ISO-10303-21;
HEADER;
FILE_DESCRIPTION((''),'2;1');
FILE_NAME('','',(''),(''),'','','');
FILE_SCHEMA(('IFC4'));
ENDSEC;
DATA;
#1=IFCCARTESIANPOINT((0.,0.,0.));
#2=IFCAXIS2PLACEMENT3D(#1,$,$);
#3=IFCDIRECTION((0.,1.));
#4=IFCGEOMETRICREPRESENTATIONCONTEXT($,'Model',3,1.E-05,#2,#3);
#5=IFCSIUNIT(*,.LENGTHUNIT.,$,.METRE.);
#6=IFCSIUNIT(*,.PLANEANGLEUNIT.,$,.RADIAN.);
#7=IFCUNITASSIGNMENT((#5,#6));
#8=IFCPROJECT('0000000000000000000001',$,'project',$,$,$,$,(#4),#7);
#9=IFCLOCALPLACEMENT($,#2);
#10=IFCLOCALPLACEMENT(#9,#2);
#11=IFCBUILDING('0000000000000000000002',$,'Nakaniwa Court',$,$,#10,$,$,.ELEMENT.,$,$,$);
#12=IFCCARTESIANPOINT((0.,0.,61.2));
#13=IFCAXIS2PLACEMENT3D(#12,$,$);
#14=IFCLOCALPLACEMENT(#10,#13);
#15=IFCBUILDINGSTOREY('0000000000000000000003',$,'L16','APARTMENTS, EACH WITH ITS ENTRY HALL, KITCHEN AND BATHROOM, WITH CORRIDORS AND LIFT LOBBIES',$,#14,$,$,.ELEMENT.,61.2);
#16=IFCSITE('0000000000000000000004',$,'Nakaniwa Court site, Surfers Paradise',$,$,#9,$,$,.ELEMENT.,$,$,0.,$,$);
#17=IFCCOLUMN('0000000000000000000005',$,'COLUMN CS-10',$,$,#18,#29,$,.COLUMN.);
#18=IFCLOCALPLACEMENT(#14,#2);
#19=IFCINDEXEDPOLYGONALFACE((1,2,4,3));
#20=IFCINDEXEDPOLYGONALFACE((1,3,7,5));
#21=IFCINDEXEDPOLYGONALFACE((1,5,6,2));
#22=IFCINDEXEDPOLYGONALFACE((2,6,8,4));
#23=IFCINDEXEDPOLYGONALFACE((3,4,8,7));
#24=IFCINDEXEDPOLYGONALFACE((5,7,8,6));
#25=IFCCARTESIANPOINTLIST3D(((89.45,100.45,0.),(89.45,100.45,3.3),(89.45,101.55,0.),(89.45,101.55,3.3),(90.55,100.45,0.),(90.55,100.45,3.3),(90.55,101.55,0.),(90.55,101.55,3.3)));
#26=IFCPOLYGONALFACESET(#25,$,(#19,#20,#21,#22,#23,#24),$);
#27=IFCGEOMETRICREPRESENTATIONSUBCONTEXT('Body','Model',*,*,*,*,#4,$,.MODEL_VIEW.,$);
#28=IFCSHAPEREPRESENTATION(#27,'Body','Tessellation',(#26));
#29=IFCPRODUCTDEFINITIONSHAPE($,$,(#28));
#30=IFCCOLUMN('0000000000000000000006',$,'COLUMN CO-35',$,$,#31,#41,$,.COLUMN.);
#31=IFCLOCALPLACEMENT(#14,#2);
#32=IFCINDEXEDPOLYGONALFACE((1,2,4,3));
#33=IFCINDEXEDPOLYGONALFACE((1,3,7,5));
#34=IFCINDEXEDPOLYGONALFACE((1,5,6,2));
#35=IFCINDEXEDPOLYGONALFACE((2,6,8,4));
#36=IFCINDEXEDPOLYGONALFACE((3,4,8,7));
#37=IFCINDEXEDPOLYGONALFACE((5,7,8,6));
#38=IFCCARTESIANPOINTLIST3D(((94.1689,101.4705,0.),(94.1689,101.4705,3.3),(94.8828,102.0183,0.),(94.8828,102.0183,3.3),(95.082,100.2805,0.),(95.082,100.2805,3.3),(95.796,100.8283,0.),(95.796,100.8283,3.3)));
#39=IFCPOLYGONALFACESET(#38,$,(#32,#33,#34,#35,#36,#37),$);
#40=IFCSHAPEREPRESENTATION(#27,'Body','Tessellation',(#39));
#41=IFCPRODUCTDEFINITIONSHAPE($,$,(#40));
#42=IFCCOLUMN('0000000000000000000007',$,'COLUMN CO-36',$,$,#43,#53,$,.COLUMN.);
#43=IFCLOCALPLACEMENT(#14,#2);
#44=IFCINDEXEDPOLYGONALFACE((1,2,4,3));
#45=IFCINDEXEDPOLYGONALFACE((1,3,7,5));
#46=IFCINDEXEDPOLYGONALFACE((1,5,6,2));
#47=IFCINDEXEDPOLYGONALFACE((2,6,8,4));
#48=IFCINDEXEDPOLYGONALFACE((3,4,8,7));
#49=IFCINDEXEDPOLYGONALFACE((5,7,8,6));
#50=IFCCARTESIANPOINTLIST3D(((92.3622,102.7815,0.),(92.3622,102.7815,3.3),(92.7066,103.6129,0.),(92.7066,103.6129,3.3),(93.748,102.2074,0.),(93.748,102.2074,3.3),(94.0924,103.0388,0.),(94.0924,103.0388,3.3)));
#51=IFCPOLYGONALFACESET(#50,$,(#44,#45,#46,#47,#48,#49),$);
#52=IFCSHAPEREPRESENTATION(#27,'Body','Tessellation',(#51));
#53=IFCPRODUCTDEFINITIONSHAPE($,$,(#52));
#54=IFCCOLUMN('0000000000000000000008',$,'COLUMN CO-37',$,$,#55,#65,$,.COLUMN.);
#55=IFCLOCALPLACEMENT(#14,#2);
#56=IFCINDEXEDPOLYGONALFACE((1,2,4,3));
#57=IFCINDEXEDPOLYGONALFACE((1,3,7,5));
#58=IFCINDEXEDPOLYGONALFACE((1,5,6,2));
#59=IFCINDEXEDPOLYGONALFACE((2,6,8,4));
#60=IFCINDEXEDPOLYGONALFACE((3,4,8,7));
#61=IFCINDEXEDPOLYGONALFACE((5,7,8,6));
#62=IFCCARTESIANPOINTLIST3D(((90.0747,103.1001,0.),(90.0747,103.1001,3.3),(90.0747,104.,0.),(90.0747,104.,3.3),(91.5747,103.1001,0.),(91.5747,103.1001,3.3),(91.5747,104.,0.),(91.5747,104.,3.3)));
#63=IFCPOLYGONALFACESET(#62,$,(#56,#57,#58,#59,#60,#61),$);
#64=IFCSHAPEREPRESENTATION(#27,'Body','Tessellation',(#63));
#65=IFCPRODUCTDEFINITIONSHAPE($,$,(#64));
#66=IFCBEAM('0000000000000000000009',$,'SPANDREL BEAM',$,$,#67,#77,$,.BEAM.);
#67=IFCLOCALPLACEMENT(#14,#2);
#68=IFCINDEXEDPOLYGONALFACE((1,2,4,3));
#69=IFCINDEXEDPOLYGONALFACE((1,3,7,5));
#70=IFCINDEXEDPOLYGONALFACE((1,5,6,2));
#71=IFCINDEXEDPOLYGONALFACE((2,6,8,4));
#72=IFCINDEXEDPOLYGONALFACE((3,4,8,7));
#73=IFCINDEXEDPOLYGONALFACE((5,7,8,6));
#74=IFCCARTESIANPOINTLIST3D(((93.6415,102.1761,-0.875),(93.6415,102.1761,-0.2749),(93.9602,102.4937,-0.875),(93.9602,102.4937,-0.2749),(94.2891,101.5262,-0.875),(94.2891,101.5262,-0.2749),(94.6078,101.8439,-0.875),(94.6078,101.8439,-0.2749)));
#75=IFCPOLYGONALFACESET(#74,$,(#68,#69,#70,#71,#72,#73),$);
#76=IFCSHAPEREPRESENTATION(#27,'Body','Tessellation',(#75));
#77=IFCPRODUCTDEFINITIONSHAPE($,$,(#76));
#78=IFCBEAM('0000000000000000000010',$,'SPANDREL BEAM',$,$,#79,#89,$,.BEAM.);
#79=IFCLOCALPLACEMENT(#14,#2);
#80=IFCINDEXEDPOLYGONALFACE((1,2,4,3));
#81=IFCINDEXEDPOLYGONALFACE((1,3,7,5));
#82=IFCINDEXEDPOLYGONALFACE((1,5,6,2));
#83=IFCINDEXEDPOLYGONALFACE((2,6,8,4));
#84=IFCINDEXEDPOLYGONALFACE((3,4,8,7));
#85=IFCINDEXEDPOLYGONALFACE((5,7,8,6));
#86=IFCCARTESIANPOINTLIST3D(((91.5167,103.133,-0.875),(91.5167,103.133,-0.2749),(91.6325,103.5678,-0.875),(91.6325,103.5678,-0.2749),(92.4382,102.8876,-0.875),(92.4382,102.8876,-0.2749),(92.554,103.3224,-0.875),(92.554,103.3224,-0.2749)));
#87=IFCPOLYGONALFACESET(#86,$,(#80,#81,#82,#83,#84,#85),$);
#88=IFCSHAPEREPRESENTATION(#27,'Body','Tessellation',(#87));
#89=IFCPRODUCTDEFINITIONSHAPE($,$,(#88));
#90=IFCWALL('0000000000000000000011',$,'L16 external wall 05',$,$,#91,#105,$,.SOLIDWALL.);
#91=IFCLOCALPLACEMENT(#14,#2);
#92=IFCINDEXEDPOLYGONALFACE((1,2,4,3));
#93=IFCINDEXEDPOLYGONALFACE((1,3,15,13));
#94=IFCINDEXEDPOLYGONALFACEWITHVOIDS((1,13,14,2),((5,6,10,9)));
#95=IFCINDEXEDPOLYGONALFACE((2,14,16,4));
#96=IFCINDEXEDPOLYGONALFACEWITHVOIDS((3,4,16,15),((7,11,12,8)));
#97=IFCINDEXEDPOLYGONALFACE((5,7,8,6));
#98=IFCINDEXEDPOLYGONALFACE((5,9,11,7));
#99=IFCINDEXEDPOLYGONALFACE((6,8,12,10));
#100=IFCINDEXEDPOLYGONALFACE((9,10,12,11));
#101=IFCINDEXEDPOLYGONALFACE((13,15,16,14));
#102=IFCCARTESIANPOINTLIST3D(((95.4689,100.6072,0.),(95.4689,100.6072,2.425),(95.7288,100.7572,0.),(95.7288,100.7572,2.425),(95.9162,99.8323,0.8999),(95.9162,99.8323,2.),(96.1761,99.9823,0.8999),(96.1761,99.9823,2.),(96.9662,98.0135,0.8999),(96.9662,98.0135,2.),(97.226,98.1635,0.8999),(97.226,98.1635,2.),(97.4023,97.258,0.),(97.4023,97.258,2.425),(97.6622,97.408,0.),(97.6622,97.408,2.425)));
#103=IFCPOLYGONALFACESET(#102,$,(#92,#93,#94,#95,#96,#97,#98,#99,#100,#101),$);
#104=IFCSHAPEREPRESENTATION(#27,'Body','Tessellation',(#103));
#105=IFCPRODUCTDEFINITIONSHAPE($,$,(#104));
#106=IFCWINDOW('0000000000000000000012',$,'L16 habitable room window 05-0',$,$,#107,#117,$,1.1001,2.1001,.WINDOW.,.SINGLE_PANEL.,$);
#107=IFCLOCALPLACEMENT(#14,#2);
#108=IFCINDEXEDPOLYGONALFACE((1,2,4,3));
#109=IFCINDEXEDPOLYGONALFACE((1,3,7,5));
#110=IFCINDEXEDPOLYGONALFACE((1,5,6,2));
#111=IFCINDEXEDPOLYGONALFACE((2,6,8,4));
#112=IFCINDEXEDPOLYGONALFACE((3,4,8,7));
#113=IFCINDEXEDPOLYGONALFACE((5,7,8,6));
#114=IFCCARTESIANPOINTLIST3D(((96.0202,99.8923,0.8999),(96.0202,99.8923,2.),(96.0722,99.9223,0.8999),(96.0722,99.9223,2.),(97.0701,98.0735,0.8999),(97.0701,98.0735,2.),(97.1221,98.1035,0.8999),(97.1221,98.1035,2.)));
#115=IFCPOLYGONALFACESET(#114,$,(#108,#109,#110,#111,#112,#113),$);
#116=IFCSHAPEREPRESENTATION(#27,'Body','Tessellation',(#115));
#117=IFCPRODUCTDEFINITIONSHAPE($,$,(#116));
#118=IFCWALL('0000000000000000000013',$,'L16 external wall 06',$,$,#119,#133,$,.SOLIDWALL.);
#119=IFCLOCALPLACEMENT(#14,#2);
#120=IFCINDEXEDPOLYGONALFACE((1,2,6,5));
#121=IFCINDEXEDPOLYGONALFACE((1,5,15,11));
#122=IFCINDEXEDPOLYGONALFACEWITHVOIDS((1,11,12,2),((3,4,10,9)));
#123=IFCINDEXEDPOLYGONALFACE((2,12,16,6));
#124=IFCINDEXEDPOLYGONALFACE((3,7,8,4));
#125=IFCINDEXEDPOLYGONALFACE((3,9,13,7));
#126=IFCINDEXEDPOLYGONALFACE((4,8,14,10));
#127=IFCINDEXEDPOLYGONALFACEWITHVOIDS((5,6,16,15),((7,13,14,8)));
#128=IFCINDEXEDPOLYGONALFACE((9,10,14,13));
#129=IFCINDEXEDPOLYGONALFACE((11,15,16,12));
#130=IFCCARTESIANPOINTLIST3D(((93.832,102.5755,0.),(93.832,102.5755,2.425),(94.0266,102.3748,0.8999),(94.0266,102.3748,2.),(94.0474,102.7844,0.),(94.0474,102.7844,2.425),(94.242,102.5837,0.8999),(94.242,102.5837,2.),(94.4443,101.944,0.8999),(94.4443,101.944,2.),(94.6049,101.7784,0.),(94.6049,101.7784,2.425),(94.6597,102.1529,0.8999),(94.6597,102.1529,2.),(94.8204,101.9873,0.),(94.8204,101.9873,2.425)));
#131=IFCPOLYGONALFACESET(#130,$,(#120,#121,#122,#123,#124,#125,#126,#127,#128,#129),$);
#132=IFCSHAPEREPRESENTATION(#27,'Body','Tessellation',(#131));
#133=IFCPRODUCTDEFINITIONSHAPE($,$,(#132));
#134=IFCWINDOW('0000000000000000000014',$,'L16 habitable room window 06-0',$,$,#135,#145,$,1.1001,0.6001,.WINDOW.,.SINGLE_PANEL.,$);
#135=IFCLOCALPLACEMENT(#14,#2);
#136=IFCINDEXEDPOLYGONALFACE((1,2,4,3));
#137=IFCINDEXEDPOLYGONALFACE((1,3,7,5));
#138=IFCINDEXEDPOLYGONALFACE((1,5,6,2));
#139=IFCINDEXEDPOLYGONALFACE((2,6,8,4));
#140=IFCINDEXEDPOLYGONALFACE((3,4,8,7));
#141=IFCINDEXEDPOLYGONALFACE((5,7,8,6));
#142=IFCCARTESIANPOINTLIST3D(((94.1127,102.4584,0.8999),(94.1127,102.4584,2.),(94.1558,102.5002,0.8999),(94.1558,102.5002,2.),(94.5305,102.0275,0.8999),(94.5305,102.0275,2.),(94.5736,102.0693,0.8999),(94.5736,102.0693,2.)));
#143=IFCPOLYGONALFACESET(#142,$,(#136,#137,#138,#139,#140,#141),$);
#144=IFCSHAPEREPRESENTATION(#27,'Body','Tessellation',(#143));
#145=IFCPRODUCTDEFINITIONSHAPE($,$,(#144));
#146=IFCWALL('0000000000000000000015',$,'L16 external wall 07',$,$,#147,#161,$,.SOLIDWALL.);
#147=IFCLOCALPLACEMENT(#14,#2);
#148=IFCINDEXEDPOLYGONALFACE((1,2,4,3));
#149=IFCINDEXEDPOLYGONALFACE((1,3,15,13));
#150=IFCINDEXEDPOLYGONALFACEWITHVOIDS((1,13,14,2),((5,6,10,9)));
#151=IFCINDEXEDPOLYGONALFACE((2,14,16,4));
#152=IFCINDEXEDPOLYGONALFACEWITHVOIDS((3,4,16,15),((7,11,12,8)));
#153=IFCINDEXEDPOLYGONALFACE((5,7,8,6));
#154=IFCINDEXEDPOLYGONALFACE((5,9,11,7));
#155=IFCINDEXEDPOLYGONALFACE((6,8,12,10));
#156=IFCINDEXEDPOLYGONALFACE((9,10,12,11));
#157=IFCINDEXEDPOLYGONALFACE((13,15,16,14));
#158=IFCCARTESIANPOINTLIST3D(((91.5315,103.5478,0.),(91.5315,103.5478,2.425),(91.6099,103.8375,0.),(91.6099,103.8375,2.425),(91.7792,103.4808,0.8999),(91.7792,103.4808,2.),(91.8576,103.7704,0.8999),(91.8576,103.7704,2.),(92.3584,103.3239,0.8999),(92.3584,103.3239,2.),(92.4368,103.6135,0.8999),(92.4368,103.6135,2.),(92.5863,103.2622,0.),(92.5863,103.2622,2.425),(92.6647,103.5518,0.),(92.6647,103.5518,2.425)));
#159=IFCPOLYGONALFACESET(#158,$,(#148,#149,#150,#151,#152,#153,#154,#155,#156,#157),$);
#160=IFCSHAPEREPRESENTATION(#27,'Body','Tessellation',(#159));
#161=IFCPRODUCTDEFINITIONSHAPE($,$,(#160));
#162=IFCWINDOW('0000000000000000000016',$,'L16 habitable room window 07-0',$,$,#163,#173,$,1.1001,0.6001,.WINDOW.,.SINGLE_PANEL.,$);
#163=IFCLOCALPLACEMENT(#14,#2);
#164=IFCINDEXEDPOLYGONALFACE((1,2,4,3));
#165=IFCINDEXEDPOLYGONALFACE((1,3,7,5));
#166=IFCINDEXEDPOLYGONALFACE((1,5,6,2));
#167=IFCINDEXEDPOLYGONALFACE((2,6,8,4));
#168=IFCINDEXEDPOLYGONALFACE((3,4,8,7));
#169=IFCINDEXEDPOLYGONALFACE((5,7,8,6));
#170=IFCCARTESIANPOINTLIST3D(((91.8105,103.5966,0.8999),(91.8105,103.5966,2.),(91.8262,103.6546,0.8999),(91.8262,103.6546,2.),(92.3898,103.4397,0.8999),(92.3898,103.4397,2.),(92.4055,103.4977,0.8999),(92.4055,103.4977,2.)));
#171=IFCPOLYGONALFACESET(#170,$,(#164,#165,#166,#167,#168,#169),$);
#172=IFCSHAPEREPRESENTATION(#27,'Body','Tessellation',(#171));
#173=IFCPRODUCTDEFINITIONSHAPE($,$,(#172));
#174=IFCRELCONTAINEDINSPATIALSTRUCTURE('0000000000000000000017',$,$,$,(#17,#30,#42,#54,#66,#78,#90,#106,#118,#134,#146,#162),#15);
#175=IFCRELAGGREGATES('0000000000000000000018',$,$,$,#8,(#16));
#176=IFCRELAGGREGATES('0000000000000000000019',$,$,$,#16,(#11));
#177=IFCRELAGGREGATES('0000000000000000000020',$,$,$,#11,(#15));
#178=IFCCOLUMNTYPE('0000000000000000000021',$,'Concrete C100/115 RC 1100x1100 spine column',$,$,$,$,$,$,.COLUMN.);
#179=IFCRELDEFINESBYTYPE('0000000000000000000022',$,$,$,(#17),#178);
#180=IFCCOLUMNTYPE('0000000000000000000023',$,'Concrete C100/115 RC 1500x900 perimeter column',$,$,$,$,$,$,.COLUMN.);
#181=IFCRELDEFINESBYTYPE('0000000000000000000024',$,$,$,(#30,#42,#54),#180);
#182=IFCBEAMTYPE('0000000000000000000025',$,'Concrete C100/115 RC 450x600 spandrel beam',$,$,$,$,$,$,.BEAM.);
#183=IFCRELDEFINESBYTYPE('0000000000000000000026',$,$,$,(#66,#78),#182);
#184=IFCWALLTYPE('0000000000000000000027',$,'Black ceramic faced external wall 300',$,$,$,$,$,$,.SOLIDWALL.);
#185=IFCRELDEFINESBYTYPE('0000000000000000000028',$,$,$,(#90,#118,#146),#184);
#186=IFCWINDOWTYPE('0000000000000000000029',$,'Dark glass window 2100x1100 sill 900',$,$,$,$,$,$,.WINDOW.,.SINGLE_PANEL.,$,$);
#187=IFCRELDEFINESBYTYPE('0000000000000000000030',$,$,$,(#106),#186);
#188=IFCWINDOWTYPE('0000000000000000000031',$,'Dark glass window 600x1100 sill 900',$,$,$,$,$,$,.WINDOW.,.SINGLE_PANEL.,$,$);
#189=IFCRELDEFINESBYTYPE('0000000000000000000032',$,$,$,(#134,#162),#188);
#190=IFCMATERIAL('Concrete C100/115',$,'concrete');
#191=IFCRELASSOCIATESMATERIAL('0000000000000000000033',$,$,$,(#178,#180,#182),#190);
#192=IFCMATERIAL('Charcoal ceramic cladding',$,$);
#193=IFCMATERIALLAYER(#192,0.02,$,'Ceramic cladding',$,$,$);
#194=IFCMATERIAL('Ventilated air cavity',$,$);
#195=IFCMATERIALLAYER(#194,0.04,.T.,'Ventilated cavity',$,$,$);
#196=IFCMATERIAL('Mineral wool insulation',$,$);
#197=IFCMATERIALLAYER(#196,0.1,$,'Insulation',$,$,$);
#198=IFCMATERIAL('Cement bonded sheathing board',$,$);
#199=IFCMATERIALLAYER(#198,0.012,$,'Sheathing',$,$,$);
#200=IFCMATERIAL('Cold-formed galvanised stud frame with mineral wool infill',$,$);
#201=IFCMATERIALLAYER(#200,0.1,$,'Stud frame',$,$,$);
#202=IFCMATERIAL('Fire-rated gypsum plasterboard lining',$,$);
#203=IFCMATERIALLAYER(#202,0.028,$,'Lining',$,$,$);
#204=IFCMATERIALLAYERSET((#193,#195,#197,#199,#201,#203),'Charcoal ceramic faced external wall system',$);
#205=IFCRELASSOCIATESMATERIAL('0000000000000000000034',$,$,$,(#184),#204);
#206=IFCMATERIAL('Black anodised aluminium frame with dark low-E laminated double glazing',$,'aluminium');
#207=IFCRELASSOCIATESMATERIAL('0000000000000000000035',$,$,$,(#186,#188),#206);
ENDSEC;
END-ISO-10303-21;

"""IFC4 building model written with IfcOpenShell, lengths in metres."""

from ifc_helpers import new_model, si_unit, direction, frame, frame_2d, origin, origin_2d, place, context, subcontext, project, spatial, rectangle, extrude, material, layer, layer_set, material_profile, profile_set, type_object, element, fill, save


model = new_model("IFC4")

# Units and contexts
model_context = context("Model", 3, precision=1e-05, world=origin(), true_north=direction((0.0, 1.0)))
body_context = subcontext(model_context, "Body", "Model", "MODEL_VIEW")
ifc_project = project(units=[si_unit("LENGTHUNIT", "METRE"), si_unit("PLANEANGLEUNIT", "RADIAN")], contexts=[model_context])

# Site, building, storey
site_placement = place(None, origin())
site = spatial("IfcSite", under=ifc_project, at=site_placement, Name="Nakaniwa Court site, Surfers Paradise", CompositionType="ELEMENT", RefElevation=0.0)
building_placement = place(site_placement, origin())
building = spatial("IfcBuilding", under=site, at=building_placement, Name="Nakaniwa Court", CompositionType="ELEMENT")
storey_placement = place(building_placement, frame((0.0, 0.0, 61.2)))
storey = spatial("IfcBuildingStorey", under=building, at=storey_placement, Name="L16", Description="APARTMENTS, EACH WITH ITS ENTRY HALL, KITCHEN AND BATHROOM, WITH CORRIDORS AND LIFT LOBBIES", CompositionType="ELEMENT", Elevation=61.2)

# Columns
ifc_material_1 = material(Name="Concrete C100/115", Category="concrete")
ifc_material_profile_1 = material_profile(ifc_material_1, rectangle(XDim=1.1001, YDim=1.1001, at=origin_2d()), Name="Concrete C100/115 RC 1100x1100 spine column")
ifc_profile_set_1 = profile_set([ifc_material_profile_1], Name="Concrete C100/115")
column_type_1 = type_object("IfcColumnType", Name="Concrete C100/115 RC 1100x1100 spine column", PredefinedType="COLUMN", material=ifc_profile_set_1)
column_placement = place(storey_placement, frame((90.0, 101.0, 0.0), z_axis=(0.0, 0.0, 1.0), x_axis=(0.0, 1.0, 0.0)))
element("IfcColumn", 1, at=column_placement, inside=storey, type_object=column_type_1, Name="COLUMN CS-10", PredefinedType="COLUMN", context=body_context, shape_type="SweptSolid", body=[
    extrude(rectangle(XDim=1.1001, YDim=1.1001, at=origin_2d()), origin(), (0.0, 0.0, 1.0), 3.3),
])
ifc_material_profile_2 = material_profile(ifc_material_1, rectangle(XDim=1.5, YDim=0.8999, at=origin_2d()), Name="Concrete C100/115 RC 1500x900 perimeter column")
ifc_profile_set_2 = profile_set([ifc_material_profile_2], Name="Concrete C100/115")
column_type_2 = type_object("IfcColumnType", Name="Concrete C100/115 RC 1500x900 perimeter column", PredefinedType="COLUMN", material=ifc_profile_set_2)
for number, where, z_axis, x_axis, name in (
    (2, (94.9824, 101.1494, 0.0), (0.0, 0.0, 1.0), (-0.608761, 0.793353, 0.0), "COLUMN CO-35"),
    (3, (93.2273, 102.9102, 0.0), (0.0, 0.0, 1.0), (-0.92388, 0.382683, 0.0), "COLUMN CO-36"),
    (4, (90.8247, 103.55, 0.0), (0.0, 0.0, 1.0), (-1.0, 0.0, 0.0), "COLUMN CO-37"),
):
    element("IfcColumn", number, at=place(storey_placement, frame(where, z_axis=z_axis, x_axis=x_axis)), inside=storey, type_object=column_type_2, Name=name, PredefinedType="COLUMN", context=body_context, shape_type="SweptSolid", body=[
        extrude(rectangle(XDim=1.5, YDim=0.8999, at=origin_2d()), origin(), (0.0, 0.0, 1.0), 3.3),
    ])

# Beams
ifc_material_profile_3 = material_profile(ifc_material_1, rectangle(XDim=0.45, YDim=0.6001, at=origin_2d()), Name="Concrete C100/115 RC 450x600 spandrel beam")
ifc_profile_set_3 = profile_set([ifc_material_profile_3], Name="Concrete C100/115")
beam_type = type_object("IfcBeamType", Name="Concrete C100/115 RC 450x600 spandrel beam", PredefinedType="BEAM", material=ifc_profile_set_3)
beam_1_placement = place(storey_placement, frame((94.4485, 101.6851, -0.575), z_axis=(-0.705908, 0.708303, 0.0), x_axis=(-0.708303, -0.705908, 0.0)))
element("IfcBeam", 5, at=beam_1_placement, inside=storey, type_object=beam_type, Name="SPANDREL BEAM", PredefinedType="BEAM", context=body_context, shape_type="SweptSolid", body=[
    extrude(rectangle(XDim=0.45, YDim=0.6001, at=origin_2d()), origin(), (0.0, 0.0, 1.0), 0.9175),
])
beam_2_placement = place(storey_placement, frame((92.4961, 103.105, -0.575), z_axis=(-0.966324, 0.257328, 0.0), x_axis=(-0.257328, -0.966324, 0.0)))
element("IfcBeam", 6, at=beam_2_placement, inside=storey, type_object=beam_type, Name="SPANDREL BEAM", PredefinedType="BEAM", context=body_context, shape_type="SweptSolid", body=[
    extrude(rectangle(XDim=0.45, YDim=0.6001, at=origin_2d()), origin(), (0.0, 0.0, 1.0), 0.9536),
])

# Walls, openings, windows
ifc_material_2 = material(Name="Charcoal ceramic cladding")
ifc_layer_1 = layer(ifc_material_2, 0.02, Name="Ceramic cladding")
ifc_material_3 = material(Name="Ventilated air cavity")
ifc_layer_2 = layer(ifc_material_3, 0.04, ventilated=True, Name="Ventilated cavity")
ifc_material_4 = material(Name="Mineral wool insulation")
ifc_layer_3 = layer(ifc_material_4, 0.1, Name="Insulation")
ifc_material_5 = material(Name="Cement bonded sheathing board")
ifc_layer_4 = layer(ifc_material_5, 0.012, Name="Sheathing")
ifc_material_6 = material(Name="Cold-formed galvanised stud frame with mineral wool infill")
ifc_layer_5 = layer(ifc_material_6, 0.1, Name="Stud frame")
ifc_material_7 = material(Name="Fire-rated gypsum plasterboard lining")
ifc_layer_6 = layer(ifc_material_7, 0.028, Name="Lining")
ifc_layer_set = layer_set([ifc_layer_1, ifc_layer_2, ifc_layer_3, ifc_layer_4, ifc_layer_5, ifc_layer_6], Name="Charcoal ceramic faced external wall system")
wall_type = type_object("IfcWallType", Name="Black ceramic faced external wall 300", PredefinedType="SOLIDWALL", material=ifc_layer_set)
wall_1_placement = place(storey_placement, frame((97.5322, 97.333, 0.0), z_axis=(0.0, 0.0, 1.0), x_axis=(-0.499948, 0.866055, 0.0)))
wall_1 = element("IfcWall", 7, at=wall_1_placement, inside=storey, type_object=wall_type, Name="L16 external wall 05", PredefinedType="SOLIDWALL", context=body_context, shape_type="SweptSolid", body=[
    extrude(rectangle(XDim=3.8672, YDim=0.3, at=frame_2d((1.9336, 0.0))), origin(), (0.0, 0.0, 1.0), 2.425),
])
opening_1_placement = place(wall_1_placement, frame((0.8723, 0.0, 0.8999)))
opening_1 = element("IfcOpeningElement", 8, at=opening_1_placement, cuts=wall_1, PredefinedType="OPENING", context=body_context, shape_type="SweptSolid", body=[
    extrude(rectangle(XDim=2.1001, YDim=1.1001, at=frame_2d((1.05, 0.55))), frame((0.0, 0.1599, 0.0), z_axis=(0.0, -1.0, 0.0), x_axis=(1.0, 0.0, 0.0)), (0.0, 0.0, 1.0), 0.3201),
])
ifc_material_8 = material(Name="Black anodised aluminium frame with dark low-E laminated double glazing", Category="aluminium")
window_type_1 = type_object("IfcWindowType", Name="Dark glass window 2100x1100 sill 900", PartitioningType="SINGLE_PANEL", PredefinedType="WINDOW", material=ifc_material_8)
window_1_placement = place(opening_1_placement, origin())
window_1 = element("IfcWindow", 9, at=window_1_placement, inside=storey, type_object=window_type_1, Name="L16 habitable room window 05-0", OverallHeight=1.1001, OverallWidth=2.1001, PartitioningType="SINGLE_PANEL", PredefinedType="WINDOW", context=body_context, shape_type="SweptSolid", body=[
    extrude(rectangle(XDim=2.1001, YDim=1.1001, at=frame_2d((1.05, 0.55))), frame((0.0, 0.03, 0.0), z_axis=(0.0, -1.0, 0.0), x_axis=(1.0, 0.0, 0.0)), (0.0, 0.0, 1.0), 0.0601),
])
fill(opening_1, window_1)
wall_2_placement = place(storey_placement, frame((94.7126, 101.8828, 0.0), z_axis=(0.0, 0.0, 1.0), x_axis=(-0.696139, 0.717907, 0.0)))
wall_2 = element("IfcWall", 10, at=wall_2_placement, inside=storey, type_object=wall_type, Name="L16 external wall 06", PredefinedType="SOLIDWALL", context=body_context, shape_type="SweptSolid", body=[
    extrude(rectangle(XDim=1.1104, YDim=0.3, at=frame_2d((0.5552, 0.0))), origin(), (0.0, 0.0, 1.0), 2.425),
])
opening_2_placement = place(wall_2_placement, frame((0.2307, 0.0, 0.8999)))
opening_2 = element("IfcOpeningElement", 11, at=opening_2_placement, cuts=wall_2, PredefinedType="OPENING", context=body_context, shape_type="SweptSolid", body=[
    extrude(rectangle(XDim=0.6001, YDim=1.1001, at=frame_2d((0.3, 0.55))), frame((0.0, 0.1599, 0.0), z_axis=(0.0, -1.0, 0.0), x_axis=(1.0, 0.0, 0.0)), (0.0, 0.0, 1.0), 0.3201),
])
window_type_2 = type_object("IfcWindowType", Name="Dark glass window 600x1100 sill 900", PartitioningType="SINGLE_PANEL", PredefinedType="WINDOW", material=ifc_material_8)
window_2_placement = place(opening_2_placement, origin())
window_2 = element("IfcWindow", 12, at=window_2_placement, inside=storey, type_object=window_type_2, Name="L16 habitable room window 06-0", OverallHeight=1.1001, OverallWidth=0.6001, PartitioningType="SINGLE_PANEL", PredefinedType="WINDOW", context=body_context, shape_type="SweptSolid", body=[
    extrude(rectangle(XDim=0.6001, YDim=1.1001, at=frame_2d((0.3, 0.55))), frame((0.0, 0.03, 0.0), z_axis=(0.0, -1.0, 0.0), x_axis=(1.0, 0.0, 0.0)), (0.0, 0.0, 1.0), 0.0601),
])
fill(opening_2, window_2)
wall_3_placement = place(storey_placement, frame((92.6255, 103.407, 0.0), z_axis=(0.0, 0.0, 1.0), x_axis=(-0.965226, 0.261415, 0.0)))
wall_3 = element("IfcWall", 13, at=wall_3_placement, inside=storey, type_object=wall_type, Name="L16 external wall 07", PredefinedType="SOLIDWALL", context=body_context, shape_type="SweptSolid", body=[
    extrude(rectangle(XDim=1.0928, YDim=0.3, at=frame_2d((0.5464, 0.0))), origin(), (0.0, 0.0, 1.0), 2.425),
])
opening_3_placement = place(wall_3_placement, frame((0.2361, 0.0, 0.8999)))
opening_3 = element("IfcOpeningElement", 14, at=opening_3_placement, cuts=wall_3, PredefinedType="OPENING", context=body_context, shape_type="SweptSolid", body=[
    extrude(rectangle(XDim=0.6001, YDim=1.1001, at=frame_2d((0.3, 0.55))), frame((0.0, 0.1599, 0.0), z_axis=(0.0, -1.0, 0.0), x_axis=(1.0, 0.0, 0.0)), (0.0, 0.0, 1.0), 0.3201),
])
window_3_placement = place(opening_3_placement, origin())
window_3 = element("IfcWindow", 15, at=window_3_placement, inside=storey, type_object=window_type_2, Name="L16 habitable room window 07-0", OverallHeight=1.1001, OverallWidth=0.6001, PartitioningType="SINGLE_PANEL", PredefinedType="WINDOW", context=body_context, shape_type="SweptSolid", body=[
    extrude(rectangle(XDim=0.6001, YDim=1.1001, at=frame_2d((0.3, 0.55))), frame((0.0, 0.03, 0.0), z_axis=(0.0, -1.0, 0.0), x_axis=(1.0, 0.0, 0.0)), (0.0, 0.0, 1.0), 0.0601),
])
fill(opening_3, window_3)

save(model, "model.ifc")
